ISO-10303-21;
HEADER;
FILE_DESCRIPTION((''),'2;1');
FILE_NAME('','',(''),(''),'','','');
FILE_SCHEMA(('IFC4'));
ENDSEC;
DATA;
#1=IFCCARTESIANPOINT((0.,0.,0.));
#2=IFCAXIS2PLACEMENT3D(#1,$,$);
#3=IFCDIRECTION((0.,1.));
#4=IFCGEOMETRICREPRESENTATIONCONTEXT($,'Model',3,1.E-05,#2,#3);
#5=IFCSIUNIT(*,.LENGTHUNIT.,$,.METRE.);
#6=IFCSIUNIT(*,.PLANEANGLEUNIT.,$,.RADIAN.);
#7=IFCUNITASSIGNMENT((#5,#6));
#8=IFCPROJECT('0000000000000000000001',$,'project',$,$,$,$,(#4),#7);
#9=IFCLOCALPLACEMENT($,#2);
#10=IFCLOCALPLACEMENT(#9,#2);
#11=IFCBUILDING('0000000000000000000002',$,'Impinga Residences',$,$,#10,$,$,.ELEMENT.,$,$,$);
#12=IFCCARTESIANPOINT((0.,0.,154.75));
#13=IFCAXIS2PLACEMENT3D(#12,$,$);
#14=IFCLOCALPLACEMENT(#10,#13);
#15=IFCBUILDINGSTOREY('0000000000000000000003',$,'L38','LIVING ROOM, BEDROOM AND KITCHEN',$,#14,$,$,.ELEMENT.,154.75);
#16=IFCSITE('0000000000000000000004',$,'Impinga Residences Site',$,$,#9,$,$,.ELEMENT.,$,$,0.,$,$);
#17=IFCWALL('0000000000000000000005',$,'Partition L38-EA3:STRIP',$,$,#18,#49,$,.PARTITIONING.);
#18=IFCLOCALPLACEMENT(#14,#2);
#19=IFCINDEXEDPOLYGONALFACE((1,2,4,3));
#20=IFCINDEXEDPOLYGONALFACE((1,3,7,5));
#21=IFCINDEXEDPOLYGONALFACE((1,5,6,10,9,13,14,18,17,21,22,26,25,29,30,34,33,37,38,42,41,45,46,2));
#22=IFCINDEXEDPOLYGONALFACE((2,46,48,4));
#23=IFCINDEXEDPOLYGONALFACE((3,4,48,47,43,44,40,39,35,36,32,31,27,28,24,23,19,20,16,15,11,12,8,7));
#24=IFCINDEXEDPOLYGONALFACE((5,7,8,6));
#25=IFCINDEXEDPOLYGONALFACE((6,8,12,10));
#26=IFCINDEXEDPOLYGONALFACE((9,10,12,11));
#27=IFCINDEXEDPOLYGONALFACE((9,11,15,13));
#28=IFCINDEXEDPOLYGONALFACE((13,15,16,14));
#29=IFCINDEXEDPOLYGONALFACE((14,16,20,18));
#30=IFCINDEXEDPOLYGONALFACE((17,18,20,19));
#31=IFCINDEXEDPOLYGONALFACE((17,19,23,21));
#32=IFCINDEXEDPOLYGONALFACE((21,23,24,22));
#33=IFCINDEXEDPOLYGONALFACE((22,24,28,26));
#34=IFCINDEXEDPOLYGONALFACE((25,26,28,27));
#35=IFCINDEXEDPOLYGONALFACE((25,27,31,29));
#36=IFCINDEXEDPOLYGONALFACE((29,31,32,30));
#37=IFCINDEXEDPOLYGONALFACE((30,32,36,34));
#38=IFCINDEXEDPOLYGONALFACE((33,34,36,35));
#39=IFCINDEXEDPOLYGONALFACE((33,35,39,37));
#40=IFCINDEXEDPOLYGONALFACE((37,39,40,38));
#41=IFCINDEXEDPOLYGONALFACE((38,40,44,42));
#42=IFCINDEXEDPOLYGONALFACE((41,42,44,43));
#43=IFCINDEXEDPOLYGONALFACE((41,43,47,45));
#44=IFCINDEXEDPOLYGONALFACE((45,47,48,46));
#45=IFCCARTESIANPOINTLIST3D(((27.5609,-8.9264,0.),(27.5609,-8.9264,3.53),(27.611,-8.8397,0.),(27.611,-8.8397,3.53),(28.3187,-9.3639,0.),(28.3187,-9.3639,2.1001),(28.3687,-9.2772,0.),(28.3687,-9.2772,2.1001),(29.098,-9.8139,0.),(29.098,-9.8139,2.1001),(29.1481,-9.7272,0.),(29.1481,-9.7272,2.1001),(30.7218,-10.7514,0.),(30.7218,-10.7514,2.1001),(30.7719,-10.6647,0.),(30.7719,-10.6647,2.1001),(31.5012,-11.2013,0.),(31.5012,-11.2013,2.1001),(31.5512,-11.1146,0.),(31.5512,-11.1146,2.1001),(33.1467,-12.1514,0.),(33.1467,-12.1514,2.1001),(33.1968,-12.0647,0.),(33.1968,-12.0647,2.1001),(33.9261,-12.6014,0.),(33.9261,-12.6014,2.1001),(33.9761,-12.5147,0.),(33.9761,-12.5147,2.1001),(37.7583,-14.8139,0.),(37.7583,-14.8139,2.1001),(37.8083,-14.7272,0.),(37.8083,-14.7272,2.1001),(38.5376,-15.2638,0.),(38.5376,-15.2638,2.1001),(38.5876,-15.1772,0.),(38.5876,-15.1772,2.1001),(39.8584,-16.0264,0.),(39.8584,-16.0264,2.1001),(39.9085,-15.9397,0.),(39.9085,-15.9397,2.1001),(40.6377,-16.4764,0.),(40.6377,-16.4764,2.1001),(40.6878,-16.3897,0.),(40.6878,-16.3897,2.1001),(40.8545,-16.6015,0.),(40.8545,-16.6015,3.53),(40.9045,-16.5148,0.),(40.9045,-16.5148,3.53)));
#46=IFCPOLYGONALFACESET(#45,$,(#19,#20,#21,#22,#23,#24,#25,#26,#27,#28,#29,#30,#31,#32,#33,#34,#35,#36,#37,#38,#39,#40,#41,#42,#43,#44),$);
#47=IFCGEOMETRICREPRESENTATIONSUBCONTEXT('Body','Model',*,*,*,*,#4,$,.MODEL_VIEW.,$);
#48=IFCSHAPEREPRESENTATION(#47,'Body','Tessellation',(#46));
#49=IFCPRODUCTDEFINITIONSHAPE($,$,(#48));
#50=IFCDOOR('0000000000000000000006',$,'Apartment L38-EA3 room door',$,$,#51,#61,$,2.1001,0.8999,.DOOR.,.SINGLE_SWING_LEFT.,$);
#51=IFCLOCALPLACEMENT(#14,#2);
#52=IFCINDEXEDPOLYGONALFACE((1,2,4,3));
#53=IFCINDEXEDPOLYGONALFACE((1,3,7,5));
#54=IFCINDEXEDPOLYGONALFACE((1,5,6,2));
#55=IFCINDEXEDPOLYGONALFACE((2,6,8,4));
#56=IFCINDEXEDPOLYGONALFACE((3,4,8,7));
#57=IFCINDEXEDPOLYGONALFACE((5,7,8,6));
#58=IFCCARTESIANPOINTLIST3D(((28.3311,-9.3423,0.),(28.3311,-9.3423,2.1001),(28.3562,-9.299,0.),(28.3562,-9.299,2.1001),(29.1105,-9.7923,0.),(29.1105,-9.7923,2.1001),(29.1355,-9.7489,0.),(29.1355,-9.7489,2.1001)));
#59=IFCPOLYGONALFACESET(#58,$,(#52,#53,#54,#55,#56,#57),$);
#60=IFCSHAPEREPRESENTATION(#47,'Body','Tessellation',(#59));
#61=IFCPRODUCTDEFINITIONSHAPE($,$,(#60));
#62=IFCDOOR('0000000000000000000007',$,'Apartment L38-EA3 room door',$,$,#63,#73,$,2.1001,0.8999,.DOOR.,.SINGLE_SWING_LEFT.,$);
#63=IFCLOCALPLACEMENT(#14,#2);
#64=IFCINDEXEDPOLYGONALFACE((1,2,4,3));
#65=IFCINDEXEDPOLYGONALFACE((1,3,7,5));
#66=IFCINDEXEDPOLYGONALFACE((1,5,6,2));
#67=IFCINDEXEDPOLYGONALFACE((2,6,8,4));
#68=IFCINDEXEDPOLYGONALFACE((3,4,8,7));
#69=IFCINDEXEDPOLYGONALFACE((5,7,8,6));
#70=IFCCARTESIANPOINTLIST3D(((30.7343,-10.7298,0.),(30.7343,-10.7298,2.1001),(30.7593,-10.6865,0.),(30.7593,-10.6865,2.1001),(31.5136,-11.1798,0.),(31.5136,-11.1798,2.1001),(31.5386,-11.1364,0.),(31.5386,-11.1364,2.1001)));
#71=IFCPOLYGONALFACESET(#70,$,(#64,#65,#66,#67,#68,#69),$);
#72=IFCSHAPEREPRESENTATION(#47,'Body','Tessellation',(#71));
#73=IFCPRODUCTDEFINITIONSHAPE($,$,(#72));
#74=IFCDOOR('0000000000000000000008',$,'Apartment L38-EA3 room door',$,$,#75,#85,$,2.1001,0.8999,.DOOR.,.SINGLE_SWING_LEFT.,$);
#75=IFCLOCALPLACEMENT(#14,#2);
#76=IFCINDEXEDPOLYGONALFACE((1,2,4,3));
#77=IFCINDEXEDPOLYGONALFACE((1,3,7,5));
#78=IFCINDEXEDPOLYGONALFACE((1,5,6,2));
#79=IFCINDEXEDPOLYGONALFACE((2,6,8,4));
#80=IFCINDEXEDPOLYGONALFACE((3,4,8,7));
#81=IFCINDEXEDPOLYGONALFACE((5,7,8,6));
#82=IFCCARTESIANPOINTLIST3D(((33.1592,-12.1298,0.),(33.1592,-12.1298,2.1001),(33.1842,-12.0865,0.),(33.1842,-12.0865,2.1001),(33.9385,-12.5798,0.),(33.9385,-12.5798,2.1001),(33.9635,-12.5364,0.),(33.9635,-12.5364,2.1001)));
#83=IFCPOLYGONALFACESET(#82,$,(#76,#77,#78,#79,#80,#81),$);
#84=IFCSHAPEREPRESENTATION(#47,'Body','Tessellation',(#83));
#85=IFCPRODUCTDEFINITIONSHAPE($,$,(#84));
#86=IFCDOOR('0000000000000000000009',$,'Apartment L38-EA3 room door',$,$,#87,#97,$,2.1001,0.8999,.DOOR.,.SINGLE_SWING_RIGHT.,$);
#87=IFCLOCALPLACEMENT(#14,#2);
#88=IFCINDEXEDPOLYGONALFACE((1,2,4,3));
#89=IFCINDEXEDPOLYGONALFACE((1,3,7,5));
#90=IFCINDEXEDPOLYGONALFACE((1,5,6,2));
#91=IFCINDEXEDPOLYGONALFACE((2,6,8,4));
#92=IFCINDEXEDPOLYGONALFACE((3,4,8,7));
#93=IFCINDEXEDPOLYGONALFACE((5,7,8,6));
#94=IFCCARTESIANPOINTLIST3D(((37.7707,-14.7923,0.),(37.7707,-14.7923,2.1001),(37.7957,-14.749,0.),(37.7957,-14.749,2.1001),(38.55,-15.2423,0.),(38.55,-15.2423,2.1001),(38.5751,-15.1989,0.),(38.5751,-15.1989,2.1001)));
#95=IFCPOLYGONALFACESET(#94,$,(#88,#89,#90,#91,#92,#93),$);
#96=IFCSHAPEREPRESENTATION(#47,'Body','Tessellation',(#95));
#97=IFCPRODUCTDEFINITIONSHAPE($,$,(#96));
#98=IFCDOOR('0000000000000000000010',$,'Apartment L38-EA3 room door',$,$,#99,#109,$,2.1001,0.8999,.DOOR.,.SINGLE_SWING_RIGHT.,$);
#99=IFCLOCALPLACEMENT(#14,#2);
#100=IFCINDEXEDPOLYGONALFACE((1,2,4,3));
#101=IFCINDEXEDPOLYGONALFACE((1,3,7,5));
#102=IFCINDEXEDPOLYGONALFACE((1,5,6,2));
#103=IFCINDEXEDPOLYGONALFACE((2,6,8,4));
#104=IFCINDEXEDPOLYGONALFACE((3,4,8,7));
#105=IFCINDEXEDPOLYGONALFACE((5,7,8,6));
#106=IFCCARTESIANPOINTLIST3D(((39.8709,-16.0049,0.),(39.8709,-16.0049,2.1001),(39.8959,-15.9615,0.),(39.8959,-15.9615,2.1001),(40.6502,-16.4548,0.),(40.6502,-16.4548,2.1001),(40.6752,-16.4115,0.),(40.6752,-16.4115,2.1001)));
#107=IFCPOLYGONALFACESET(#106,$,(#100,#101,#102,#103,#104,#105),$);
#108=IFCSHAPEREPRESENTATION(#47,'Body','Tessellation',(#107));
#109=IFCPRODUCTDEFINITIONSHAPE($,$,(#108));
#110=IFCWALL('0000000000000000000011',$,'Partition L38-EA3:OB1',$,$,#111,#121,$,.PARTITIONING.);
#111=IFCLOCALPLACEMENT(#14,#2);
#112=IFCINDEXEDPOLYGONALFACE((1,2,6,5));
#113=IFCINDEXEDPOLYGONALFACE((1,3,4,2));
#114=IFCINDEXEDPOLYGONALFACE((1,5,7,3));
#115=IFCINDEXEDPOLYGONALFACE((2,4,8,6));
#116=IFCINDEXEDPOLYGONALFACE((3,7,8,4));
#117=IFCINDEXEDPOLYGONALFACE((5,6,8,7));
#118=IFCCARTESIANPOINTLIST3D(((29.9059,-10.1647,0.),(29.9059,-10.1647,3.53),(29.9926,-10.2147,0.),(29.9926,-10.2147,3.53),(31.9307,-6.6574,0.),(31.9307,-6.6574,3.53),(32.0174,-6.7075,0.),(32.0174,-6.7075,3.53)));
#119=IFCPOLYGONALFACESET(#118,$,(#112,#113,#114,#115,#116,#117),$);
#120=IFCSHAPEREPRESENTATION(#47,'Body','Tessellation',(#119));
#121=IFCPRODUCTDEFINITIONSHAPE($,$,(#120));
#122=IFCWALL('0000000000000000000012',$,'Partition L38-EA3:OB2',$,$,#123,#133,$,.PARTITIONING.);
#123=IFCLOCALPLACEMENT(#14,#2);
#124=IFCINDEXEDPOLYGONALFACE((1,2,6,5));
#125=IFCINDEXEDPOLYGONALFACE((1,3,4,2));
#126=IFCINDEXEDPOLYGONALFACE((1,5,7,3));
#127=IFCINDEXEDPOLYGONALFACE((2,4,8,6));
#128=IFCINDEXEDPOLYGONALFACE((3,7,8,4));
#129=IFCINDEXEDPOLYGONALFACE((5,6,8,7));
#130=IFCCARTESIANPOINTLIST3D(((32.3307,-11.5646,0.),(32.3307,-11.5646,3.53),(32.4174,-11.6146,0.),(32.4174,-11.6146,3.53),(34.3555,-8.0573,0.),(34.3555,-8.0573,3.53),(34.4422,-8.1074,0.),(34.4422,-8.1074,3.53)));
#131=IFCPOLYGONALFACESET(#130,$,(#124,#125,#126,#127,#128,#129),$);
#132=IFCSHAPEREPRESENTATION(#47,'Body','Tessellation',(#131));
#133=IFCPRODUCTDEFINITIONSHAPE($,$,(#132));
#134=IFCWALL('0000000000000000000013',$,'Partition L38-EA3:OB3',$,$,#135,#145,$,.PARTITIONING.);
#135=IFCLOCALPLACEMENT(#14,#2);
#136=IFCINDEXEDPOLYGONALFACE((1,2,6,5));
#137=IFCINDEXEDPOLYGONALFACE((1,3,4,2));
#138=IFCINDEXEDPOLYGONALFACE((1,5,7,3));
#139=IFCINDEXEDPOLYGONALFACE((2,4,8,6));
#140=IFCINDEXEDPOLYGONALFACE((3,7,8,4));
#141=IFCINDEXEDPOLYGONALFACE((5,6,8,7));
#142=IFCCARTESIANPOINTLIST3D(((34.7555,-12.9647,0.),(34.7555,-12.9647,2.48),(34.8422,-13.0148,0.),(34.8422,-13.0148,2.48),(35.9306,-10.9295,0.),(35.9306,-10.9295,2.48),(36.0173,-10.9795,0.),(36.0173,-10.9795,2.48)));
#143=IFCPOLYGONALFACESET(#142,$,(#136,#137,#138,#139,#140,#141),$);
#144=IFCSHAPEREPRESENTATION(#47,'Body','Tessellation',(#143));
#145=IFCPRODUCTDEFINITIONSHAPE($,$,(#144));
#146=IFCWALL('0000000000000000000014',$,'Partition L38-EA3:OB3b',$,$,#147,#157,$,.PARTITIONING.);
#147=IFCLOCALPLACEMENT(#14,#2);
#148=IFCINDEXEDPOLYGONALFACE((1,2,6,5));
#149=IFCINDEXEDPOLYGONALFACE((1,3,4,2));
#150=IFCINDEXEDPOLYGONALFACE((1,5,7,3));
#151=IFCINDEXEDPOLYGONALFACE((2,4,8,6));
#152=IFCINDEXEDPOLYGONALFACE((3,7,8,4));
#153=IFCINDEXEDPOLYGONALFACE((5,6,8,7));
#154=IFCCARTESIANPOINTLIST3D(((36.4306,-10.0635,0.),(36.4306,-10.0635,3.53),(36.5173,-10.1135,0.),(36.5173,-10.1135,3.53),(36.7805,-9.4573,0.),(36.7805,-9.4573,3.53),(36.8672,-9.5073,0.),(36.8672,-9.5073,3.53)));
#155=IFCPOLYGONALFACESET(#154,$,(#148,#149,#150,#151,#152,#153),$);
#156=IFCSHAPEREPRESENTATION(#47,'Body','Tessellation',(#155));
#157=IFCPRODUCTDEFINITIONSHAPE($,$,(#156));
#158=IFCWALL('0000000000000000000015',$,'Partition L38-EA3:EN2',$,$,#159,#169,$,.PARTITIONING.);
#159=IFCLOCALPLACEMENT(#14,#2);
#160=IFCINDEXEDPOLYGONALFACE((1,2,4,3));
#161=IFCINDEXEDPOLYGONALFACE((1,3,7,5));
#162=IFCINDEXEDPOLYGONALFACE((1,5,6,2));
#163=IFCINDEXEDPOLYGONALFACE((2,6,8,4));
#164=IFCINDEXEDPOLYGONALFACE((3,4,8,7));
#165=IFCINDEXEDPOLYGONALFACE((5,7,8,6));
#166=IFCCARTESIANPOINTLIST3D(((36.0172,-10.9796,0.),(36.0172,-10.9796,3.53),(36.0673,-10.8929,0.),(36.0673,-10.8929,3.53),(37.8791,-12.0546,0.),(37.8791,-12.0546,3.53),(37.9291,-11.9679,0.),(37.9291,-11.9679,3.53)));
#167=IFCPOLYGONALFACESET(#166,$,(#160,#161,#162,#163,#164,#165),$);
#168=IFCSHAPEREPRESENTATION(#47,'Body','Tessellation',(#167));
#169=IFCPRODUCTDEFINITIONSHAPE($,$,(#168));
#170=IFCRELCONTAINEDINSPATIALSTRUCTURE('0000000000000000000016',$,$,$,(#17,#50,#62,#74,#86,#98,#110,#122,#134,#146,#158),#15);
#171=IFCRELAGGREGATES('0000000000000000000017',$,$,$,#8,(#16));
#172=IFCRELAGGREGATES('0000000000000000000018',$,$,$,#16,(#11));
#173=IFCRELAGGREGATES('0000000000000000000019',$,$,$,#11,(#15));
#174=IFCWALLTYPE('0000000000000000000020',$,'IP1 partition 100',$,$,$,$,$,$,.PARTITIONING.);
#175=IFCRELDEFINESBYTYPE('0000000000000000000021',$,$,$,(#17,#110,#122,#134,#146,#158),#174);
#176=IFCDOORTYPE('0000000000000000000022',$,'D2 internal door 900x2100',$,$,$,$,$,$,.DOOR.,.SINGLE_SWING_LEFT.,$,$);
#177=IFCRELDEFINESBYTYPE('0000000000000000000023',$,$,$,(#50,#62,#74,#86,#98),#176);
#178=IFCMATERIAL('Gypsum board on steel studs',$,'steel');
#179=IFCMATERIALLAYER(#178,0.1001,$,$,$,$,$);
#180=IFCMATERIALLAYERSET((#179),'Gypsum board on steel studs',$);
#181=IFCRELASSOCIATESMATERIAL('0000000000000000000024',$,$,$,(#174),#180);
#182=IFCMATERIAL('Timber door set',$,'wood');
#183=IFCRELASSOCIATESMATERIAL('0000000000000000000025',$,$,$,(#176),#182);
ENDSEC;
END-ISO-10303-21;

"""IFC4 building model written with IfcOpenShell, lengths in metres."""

from ifc_helpers import new_model, si_unit, direction, frame, frame_2d, origin, place, context, subcontext, project, spatial, rectangle, extrude, material, layer, layer_set, type_object, element, fill, save


model = new_model("IFC4")

# Units and contexts
model_context = context("Model", 3, precision=1e-05, world=origin(), true_north=direction((0.0, 1.0)))
body_context = subcontext(model_context, "Body", "Model", "MODEL_VIEW")
ifc_project = project(units=[si_unit("LENGTHUNIT", "METRE"), si_unit("PLANEANGLEUNIT", "RADIAN")], contexts=[model_context])

# Site, building, storey
site_placement = place(None, origin())
site = spatial("IfcSite", under=ifc_project, at=site_placement, Name="Impinga Residences Site", CompositionType="ELEMENT", RefElevation=0.0)
building_placement = place(site_placement, origin())
building = spatial("IfcBuilding", under=site, at=building_placement, Name="Impinga Residences", CompositionType="ELEMENT")
storey_placement = place(building_placement, frame((0.0, 0.0, 154.75)))
storey = spatial("IfcBuildingStorey", under=building, at=storey_placement, Name="L38", Description="LIVING ROOM, BEDROOM AND KITCHEN", CompositionType="ELEMENT", Elevation=154.75)

# Shared definitions
ifc_material_1 = material(Name="Gypsum board on steel studs", Category="steel")
ifc_layer_1 = layer(ifc_material_1, 0.1001)
ifc_layer_set_1 = layer_set([ifc_layer_1], Name="Gypsum board on steel studs")
wall_type_1 = type_object("IfcWallType", Name="IP1 partition 100", PredefinedType="PARTITIONING", material=ifc_layer_set_1)

# Wall, openings, doors
wall_1_placement = place(storey_placement, frame((27.5859, -8.8831, 0.0), z_axis=(0.0, 0.0, 1.0), x_axis=(0.866023, -0.500003, 0.0)))
wall_1 = element("IfcWall", 1, at=wall_1_placement, inside=storey, type_object=wall_type_1, Name="Partition L38-EA3:STRIP", PredefinedType="PARTITIONING", context=body_context, shape_type="SweptSolid", body=[
    extrude(rectangle(XDim=15.3501, YDim=0.1001, at=frame_2d((7.675, 0.0))), origin(), (0.0, 0.0, 1.0), 3.53),
])
opening_1_placement = place(wall_1_placement, frame((0.875, 0.0, 0.0)))
opening_1 = element("IfcOpeningElement", 2, at=opening_1_placement, cuts=wall_1, PredefinedType="OPENING", context=body_context, shape_type="SweptSolid", body=[
    extrude(rectangle(XDim=0.8999, YDim=2.1001, at=frame_2d((0.45, 1.05))), frame((0.0, 0.0601, 0.0), z_axis=(0.0, -1.0, 0.0), x_axis=(1.0, 0.0, 0.0)), (0.0, 0.0, 1.0), 0.1201),
])
opening_2_placement = place(wall_1_placement, frame((3.6499, 0.0, 0.0)))
opening_2 = element("IfcOpeningElement", 3, at=opening_2_placement, cuts=wall_1, PredefinedType="OPENING", context=body_context, shape_type="SweptSolid", body=[
    extrude(rectangle(XDim=0.8999, YDim=2.1001, at=frame_2d((0.45, 1.05))), frame((0.0, 0.0601, 0.0), z_axis=(0.0, -1.0, 0.0), x_axis=(1.0, 0.0, 0.0)), (0.0, 0.0, 1.0), 0.1201),
])
opening_3_placement = place(wall_1_placement, frame((6.45, 0.0, 0.0)))
opening_3 = element("IfcOpeningElement", 4, at=opening_3_placement, cuts=wall_1, PredefinedType="OPENING", context=body_context, shape_type="SweptSolid", body=[
    extrude(rectangle(XDim=0.8999, YDim=2.1001, at=frame_2d((0.45, 1.05))), frame((0.0, 0.0601, 0.0), z_axis=(0.0, -1.0, 0.0), x_axis=(1.0, 0.0, 0.0)), (0.0, 0.0, 1.0), 0.1201),
])
opening_4_placement = place(wall_1_placement, frame((11.7749, 0.0, 0.0)))
opening_4 = element("IfcOpeningElement", 5, at=opening_4_placement, cuts=wall_1, PredefinedType="OPENING", context=body_context, shape_type="SweptSolid", body=[
    extrude(rectangle(XDim=0.8999, YDim=2.1001, at=frame_2d((0.45, 1.05))), frame((0.0, 0.0601, 0.0), z_axis=(0.0, -1.0, 0.0), x_axis=(1.0, 0.0, 0.0)), (0.0, 0.0, 1.0), 0.1201),
])
opening_5_placement = place(wall_1_placement, frame((14.2, 0.0, 0.0)))
opening_5 = element("IfcOpeningElement", 6, at=opening_5_placement, cuts=wall_1, PredefinedType="OPENING", context=body_context, shape_type="SweptSolid", body=[
    extrude(rectangle(XDim=0.8999, YDim=2.1001, at=frame_2d((0.45, 1.05))), frame((0.0, 0.0601, 0.0), z_axis=(0.0, -1.0, 0.0), x_axis=(1.0, 0.0, 0.0)), (0.0, 0.0, 1.0), 0.1201),
])
ifc_material_2 = material(Name="Timber door set", Category="wood")
door_type = type_object("IfcDoorType", Name="D2 internal door 900x2100", OperationType="SINGLE_SWING_LEFT", PredefinedType="DOOR", material=ifc_material_2)
door_1_placement = place(opening_1_placement, origin())
door_1 = element("IfcDoor", 7, at=door_1_placement, inside=storey, type_object=door_type, Name="Apartment L38-EA3 room door", OperationType="SINGLE_SWING_LEFT", OverallHeight=2.1001, OverallWidth=0.8999, PredefinedType="DOOR", context=body_context, shape_type="SweptSolid", body=[
    extrude(rectangle(XDim=0.8999, YDim=2.1001, at=frame_2d((0.45, 1.05))), frame((0.0, 0.0249, 0.0), z_axis=(0.0, -1.0, 0.0), x_axis=(1.0, 0.0, 0.0)), (0.0, 0.0, 1.0), 0.05),
])
fill(opening_1, door_1)
door_2_placement = place(opening_2_placement, origin())
door_2 = element("IfcDoor", 8, at=door_2_placement, inside=storey, type_object=door_type, Name="Apartment L38-EA3 room door", OperationType="SINGLE_SWING_LEFT", OverallHeight=2.1001, OverallWidth=0.8999, PredefinedType="DOOR", context=body_context, shape_type="SweptSolid", body=[
    extrude(rectangle(XDim=0.8999, YDim=2.1001, at=frame_2d((0.45, 1.05))), frame((0.0, 0.0249, 0.0), z_axis=(0.0, -1.0, 0.0), x_axis=(1.0, 0.0, 0.0)), (0.0, 0.0, 1.0), 0.05),
])
fill(opening_2, door_2)
door_3_placement = place(opening_3_placement, origin())
door_3 = element("IfcDoor", 9, at=door_3_placement, inside=storey, type_object=door_type, Name="Apartment L38-EA3 room door", OperationType="SINGLE_SWING_LEFT", OverallHeight=2.1001, OverallWidth=0.8999, PredefinedType="DOOR", context=body_context, shape_type="SweptSolid", body=[
    extrude(rectangle(XDim=0.8999, YDim=2.1001, at=frame_2d((0.45, 1.05))), frame((0.0, 0.0249, 0.0), z_axis=(0.0, -1.0, 0.0), x_axis=(1.0, 0.0, 0.0)), (0.0, 0.0, 1.0), 0.05),
])
fill(opening_3, door_3)
door_4_placement = place(opening_4_placement, origin())
door_4 = element("IfcDoor", 10, at=door_4_placement, inside=storey, type_object=door_type, Name="Apartment L38-EA3 room door", OperationType="SINGLE_SWING_RIGHT", OverallHeight=2.1001, OverallWidth=0.8999, PredefinedType="DOOR", context=body_context, shape_type="SweptSolid", body=[
    extrude(rectangle(XDim=0.8999, YDim=2.1001, at=frame_2d((0.45, 1.05))), frame((0.0, 0.0249, 0.0), z_axis=(0.0, -1.0, 0.0), x_axis=(1.0, 0.0, 0.0)), (0.0, 0.0, 1.0), 0.05),
])
fill(opening_4, door_4)
door_5_placement = place(opening_5_placement, origin())
door_5 = element("IfcDoor", 11, at=door_5_placement, inside=storey, type_object=door_type, Name="Apartment L38-EA3 room door", OperationType="SINGLE_SWING_RIGHT", OverallHeight=2.1001, OverallWidth=0.8999, PredefinedType="DOOR", context=body_context, shape_type="SweptSolid", body=[
    extrude(rectangle(XDim=0.8999, YDim=2.1001, at=frame_2d((0.45, 1.05))), frame((0.0, 0.0249, 0.0), z_axis=(0.0, -1.0, 0.0), x_axis=(1.0, 0.0, 0.0)), (0.0, 0.0, 1.0), 0.05),
])
fill(opening_5, door_5)

# Walls
for number, where, z_axis, x_axis, name in (
    (12, (29.9492, -10.1897, 0.0), (0.0, 0.0, 1.0), (0.49999, 0.866031, 0.0), "Partition L38-EA3:OB1"),
    (13, (32.374, -11.5896, 0.0), (0.0, 0.0, 1.0), (0.49999, 0.866031, 0.0), "Partition L38-EA3:OB2"),
):
    element("IfcWall", number, at=place(storey_placement, frame(where, z_axis=z_axis, x_axis=x_axis)), inside=storey, type_object=wall_type_1, Name=name, PredefinedType="PARTITIONING", context=body_context, shape_type="SweptSolid", body=[
        extrude(rectangle(XDim=4.0498, YDim=0.1001, at=frame_2d((2.0249, 0.0))), origin(), (0.0, 0.0, 1.0), 3.53),
    ])
wall_2_placement = place(storey_placement, frame((34.7988, -12.9897, 0.0), z_axis=(0.0, 0.0, 1.0), x_axis=(0.500016, 0.866016, 0.0)))
element("IfcWall", 14, at=wall_2_placement, inside=storey, type_object=wall_type_1, Name="Partition L38-EA3:OB3", PredefinedType="PARTITIONING", context=body_context, shape_type="SweptSolid", body=[
    extrude(rectangle(XDim=2.3501, YDim=0.1001, at=frame_2d((1.175, 0.0))), origin(), (0.0, 0.0, 1.0), 2.48),
])
wall_3_placement = place(storey_placement, frame((36.4739, -10.0886, 0.0), z_axis=(0.0, 0.0, 1.0), x_axis=(0.499853, 0.86611, 0.0)))
element("IfcWall", 15, at=wall_3_placement, inside=storey, type_object=wall_type_1, Name="Partition L38-EA3:OB3b", PredefinedType="PARTITIONING", context=body_context, shape_type="SweptSolid", body=[
    extrude(rectangle(XDim=0.7, YDim=0.1001, at=frame_2d((0.3501, 0.0))), origin(), (0.0, 0.0, 1.0), 3.53),
])
wall_4_placement = place(storey_placement, frame((36.0422, -10.9363, 0.0), z_axis=(0.0, 0.0, 1.0), x_axis=(0.866019, -0.500011, 0.0)))
element("IfcWall", 16, at=wall_4_placement, inside=storey, type_object=wall_type_1, Name="Partition L38-EA3:EN2", PredefinedType="PARTITIONING", context=body_context, shape_type="SweptSolid", body=[
    extrude(rectangle(XDim=2.1499, YDim=0.1001, at=frame_2d((1.075, 0.0))), origin(), (0.0, 0.0, 1.0), 3.53),
])

save(model, "model.ifc")
